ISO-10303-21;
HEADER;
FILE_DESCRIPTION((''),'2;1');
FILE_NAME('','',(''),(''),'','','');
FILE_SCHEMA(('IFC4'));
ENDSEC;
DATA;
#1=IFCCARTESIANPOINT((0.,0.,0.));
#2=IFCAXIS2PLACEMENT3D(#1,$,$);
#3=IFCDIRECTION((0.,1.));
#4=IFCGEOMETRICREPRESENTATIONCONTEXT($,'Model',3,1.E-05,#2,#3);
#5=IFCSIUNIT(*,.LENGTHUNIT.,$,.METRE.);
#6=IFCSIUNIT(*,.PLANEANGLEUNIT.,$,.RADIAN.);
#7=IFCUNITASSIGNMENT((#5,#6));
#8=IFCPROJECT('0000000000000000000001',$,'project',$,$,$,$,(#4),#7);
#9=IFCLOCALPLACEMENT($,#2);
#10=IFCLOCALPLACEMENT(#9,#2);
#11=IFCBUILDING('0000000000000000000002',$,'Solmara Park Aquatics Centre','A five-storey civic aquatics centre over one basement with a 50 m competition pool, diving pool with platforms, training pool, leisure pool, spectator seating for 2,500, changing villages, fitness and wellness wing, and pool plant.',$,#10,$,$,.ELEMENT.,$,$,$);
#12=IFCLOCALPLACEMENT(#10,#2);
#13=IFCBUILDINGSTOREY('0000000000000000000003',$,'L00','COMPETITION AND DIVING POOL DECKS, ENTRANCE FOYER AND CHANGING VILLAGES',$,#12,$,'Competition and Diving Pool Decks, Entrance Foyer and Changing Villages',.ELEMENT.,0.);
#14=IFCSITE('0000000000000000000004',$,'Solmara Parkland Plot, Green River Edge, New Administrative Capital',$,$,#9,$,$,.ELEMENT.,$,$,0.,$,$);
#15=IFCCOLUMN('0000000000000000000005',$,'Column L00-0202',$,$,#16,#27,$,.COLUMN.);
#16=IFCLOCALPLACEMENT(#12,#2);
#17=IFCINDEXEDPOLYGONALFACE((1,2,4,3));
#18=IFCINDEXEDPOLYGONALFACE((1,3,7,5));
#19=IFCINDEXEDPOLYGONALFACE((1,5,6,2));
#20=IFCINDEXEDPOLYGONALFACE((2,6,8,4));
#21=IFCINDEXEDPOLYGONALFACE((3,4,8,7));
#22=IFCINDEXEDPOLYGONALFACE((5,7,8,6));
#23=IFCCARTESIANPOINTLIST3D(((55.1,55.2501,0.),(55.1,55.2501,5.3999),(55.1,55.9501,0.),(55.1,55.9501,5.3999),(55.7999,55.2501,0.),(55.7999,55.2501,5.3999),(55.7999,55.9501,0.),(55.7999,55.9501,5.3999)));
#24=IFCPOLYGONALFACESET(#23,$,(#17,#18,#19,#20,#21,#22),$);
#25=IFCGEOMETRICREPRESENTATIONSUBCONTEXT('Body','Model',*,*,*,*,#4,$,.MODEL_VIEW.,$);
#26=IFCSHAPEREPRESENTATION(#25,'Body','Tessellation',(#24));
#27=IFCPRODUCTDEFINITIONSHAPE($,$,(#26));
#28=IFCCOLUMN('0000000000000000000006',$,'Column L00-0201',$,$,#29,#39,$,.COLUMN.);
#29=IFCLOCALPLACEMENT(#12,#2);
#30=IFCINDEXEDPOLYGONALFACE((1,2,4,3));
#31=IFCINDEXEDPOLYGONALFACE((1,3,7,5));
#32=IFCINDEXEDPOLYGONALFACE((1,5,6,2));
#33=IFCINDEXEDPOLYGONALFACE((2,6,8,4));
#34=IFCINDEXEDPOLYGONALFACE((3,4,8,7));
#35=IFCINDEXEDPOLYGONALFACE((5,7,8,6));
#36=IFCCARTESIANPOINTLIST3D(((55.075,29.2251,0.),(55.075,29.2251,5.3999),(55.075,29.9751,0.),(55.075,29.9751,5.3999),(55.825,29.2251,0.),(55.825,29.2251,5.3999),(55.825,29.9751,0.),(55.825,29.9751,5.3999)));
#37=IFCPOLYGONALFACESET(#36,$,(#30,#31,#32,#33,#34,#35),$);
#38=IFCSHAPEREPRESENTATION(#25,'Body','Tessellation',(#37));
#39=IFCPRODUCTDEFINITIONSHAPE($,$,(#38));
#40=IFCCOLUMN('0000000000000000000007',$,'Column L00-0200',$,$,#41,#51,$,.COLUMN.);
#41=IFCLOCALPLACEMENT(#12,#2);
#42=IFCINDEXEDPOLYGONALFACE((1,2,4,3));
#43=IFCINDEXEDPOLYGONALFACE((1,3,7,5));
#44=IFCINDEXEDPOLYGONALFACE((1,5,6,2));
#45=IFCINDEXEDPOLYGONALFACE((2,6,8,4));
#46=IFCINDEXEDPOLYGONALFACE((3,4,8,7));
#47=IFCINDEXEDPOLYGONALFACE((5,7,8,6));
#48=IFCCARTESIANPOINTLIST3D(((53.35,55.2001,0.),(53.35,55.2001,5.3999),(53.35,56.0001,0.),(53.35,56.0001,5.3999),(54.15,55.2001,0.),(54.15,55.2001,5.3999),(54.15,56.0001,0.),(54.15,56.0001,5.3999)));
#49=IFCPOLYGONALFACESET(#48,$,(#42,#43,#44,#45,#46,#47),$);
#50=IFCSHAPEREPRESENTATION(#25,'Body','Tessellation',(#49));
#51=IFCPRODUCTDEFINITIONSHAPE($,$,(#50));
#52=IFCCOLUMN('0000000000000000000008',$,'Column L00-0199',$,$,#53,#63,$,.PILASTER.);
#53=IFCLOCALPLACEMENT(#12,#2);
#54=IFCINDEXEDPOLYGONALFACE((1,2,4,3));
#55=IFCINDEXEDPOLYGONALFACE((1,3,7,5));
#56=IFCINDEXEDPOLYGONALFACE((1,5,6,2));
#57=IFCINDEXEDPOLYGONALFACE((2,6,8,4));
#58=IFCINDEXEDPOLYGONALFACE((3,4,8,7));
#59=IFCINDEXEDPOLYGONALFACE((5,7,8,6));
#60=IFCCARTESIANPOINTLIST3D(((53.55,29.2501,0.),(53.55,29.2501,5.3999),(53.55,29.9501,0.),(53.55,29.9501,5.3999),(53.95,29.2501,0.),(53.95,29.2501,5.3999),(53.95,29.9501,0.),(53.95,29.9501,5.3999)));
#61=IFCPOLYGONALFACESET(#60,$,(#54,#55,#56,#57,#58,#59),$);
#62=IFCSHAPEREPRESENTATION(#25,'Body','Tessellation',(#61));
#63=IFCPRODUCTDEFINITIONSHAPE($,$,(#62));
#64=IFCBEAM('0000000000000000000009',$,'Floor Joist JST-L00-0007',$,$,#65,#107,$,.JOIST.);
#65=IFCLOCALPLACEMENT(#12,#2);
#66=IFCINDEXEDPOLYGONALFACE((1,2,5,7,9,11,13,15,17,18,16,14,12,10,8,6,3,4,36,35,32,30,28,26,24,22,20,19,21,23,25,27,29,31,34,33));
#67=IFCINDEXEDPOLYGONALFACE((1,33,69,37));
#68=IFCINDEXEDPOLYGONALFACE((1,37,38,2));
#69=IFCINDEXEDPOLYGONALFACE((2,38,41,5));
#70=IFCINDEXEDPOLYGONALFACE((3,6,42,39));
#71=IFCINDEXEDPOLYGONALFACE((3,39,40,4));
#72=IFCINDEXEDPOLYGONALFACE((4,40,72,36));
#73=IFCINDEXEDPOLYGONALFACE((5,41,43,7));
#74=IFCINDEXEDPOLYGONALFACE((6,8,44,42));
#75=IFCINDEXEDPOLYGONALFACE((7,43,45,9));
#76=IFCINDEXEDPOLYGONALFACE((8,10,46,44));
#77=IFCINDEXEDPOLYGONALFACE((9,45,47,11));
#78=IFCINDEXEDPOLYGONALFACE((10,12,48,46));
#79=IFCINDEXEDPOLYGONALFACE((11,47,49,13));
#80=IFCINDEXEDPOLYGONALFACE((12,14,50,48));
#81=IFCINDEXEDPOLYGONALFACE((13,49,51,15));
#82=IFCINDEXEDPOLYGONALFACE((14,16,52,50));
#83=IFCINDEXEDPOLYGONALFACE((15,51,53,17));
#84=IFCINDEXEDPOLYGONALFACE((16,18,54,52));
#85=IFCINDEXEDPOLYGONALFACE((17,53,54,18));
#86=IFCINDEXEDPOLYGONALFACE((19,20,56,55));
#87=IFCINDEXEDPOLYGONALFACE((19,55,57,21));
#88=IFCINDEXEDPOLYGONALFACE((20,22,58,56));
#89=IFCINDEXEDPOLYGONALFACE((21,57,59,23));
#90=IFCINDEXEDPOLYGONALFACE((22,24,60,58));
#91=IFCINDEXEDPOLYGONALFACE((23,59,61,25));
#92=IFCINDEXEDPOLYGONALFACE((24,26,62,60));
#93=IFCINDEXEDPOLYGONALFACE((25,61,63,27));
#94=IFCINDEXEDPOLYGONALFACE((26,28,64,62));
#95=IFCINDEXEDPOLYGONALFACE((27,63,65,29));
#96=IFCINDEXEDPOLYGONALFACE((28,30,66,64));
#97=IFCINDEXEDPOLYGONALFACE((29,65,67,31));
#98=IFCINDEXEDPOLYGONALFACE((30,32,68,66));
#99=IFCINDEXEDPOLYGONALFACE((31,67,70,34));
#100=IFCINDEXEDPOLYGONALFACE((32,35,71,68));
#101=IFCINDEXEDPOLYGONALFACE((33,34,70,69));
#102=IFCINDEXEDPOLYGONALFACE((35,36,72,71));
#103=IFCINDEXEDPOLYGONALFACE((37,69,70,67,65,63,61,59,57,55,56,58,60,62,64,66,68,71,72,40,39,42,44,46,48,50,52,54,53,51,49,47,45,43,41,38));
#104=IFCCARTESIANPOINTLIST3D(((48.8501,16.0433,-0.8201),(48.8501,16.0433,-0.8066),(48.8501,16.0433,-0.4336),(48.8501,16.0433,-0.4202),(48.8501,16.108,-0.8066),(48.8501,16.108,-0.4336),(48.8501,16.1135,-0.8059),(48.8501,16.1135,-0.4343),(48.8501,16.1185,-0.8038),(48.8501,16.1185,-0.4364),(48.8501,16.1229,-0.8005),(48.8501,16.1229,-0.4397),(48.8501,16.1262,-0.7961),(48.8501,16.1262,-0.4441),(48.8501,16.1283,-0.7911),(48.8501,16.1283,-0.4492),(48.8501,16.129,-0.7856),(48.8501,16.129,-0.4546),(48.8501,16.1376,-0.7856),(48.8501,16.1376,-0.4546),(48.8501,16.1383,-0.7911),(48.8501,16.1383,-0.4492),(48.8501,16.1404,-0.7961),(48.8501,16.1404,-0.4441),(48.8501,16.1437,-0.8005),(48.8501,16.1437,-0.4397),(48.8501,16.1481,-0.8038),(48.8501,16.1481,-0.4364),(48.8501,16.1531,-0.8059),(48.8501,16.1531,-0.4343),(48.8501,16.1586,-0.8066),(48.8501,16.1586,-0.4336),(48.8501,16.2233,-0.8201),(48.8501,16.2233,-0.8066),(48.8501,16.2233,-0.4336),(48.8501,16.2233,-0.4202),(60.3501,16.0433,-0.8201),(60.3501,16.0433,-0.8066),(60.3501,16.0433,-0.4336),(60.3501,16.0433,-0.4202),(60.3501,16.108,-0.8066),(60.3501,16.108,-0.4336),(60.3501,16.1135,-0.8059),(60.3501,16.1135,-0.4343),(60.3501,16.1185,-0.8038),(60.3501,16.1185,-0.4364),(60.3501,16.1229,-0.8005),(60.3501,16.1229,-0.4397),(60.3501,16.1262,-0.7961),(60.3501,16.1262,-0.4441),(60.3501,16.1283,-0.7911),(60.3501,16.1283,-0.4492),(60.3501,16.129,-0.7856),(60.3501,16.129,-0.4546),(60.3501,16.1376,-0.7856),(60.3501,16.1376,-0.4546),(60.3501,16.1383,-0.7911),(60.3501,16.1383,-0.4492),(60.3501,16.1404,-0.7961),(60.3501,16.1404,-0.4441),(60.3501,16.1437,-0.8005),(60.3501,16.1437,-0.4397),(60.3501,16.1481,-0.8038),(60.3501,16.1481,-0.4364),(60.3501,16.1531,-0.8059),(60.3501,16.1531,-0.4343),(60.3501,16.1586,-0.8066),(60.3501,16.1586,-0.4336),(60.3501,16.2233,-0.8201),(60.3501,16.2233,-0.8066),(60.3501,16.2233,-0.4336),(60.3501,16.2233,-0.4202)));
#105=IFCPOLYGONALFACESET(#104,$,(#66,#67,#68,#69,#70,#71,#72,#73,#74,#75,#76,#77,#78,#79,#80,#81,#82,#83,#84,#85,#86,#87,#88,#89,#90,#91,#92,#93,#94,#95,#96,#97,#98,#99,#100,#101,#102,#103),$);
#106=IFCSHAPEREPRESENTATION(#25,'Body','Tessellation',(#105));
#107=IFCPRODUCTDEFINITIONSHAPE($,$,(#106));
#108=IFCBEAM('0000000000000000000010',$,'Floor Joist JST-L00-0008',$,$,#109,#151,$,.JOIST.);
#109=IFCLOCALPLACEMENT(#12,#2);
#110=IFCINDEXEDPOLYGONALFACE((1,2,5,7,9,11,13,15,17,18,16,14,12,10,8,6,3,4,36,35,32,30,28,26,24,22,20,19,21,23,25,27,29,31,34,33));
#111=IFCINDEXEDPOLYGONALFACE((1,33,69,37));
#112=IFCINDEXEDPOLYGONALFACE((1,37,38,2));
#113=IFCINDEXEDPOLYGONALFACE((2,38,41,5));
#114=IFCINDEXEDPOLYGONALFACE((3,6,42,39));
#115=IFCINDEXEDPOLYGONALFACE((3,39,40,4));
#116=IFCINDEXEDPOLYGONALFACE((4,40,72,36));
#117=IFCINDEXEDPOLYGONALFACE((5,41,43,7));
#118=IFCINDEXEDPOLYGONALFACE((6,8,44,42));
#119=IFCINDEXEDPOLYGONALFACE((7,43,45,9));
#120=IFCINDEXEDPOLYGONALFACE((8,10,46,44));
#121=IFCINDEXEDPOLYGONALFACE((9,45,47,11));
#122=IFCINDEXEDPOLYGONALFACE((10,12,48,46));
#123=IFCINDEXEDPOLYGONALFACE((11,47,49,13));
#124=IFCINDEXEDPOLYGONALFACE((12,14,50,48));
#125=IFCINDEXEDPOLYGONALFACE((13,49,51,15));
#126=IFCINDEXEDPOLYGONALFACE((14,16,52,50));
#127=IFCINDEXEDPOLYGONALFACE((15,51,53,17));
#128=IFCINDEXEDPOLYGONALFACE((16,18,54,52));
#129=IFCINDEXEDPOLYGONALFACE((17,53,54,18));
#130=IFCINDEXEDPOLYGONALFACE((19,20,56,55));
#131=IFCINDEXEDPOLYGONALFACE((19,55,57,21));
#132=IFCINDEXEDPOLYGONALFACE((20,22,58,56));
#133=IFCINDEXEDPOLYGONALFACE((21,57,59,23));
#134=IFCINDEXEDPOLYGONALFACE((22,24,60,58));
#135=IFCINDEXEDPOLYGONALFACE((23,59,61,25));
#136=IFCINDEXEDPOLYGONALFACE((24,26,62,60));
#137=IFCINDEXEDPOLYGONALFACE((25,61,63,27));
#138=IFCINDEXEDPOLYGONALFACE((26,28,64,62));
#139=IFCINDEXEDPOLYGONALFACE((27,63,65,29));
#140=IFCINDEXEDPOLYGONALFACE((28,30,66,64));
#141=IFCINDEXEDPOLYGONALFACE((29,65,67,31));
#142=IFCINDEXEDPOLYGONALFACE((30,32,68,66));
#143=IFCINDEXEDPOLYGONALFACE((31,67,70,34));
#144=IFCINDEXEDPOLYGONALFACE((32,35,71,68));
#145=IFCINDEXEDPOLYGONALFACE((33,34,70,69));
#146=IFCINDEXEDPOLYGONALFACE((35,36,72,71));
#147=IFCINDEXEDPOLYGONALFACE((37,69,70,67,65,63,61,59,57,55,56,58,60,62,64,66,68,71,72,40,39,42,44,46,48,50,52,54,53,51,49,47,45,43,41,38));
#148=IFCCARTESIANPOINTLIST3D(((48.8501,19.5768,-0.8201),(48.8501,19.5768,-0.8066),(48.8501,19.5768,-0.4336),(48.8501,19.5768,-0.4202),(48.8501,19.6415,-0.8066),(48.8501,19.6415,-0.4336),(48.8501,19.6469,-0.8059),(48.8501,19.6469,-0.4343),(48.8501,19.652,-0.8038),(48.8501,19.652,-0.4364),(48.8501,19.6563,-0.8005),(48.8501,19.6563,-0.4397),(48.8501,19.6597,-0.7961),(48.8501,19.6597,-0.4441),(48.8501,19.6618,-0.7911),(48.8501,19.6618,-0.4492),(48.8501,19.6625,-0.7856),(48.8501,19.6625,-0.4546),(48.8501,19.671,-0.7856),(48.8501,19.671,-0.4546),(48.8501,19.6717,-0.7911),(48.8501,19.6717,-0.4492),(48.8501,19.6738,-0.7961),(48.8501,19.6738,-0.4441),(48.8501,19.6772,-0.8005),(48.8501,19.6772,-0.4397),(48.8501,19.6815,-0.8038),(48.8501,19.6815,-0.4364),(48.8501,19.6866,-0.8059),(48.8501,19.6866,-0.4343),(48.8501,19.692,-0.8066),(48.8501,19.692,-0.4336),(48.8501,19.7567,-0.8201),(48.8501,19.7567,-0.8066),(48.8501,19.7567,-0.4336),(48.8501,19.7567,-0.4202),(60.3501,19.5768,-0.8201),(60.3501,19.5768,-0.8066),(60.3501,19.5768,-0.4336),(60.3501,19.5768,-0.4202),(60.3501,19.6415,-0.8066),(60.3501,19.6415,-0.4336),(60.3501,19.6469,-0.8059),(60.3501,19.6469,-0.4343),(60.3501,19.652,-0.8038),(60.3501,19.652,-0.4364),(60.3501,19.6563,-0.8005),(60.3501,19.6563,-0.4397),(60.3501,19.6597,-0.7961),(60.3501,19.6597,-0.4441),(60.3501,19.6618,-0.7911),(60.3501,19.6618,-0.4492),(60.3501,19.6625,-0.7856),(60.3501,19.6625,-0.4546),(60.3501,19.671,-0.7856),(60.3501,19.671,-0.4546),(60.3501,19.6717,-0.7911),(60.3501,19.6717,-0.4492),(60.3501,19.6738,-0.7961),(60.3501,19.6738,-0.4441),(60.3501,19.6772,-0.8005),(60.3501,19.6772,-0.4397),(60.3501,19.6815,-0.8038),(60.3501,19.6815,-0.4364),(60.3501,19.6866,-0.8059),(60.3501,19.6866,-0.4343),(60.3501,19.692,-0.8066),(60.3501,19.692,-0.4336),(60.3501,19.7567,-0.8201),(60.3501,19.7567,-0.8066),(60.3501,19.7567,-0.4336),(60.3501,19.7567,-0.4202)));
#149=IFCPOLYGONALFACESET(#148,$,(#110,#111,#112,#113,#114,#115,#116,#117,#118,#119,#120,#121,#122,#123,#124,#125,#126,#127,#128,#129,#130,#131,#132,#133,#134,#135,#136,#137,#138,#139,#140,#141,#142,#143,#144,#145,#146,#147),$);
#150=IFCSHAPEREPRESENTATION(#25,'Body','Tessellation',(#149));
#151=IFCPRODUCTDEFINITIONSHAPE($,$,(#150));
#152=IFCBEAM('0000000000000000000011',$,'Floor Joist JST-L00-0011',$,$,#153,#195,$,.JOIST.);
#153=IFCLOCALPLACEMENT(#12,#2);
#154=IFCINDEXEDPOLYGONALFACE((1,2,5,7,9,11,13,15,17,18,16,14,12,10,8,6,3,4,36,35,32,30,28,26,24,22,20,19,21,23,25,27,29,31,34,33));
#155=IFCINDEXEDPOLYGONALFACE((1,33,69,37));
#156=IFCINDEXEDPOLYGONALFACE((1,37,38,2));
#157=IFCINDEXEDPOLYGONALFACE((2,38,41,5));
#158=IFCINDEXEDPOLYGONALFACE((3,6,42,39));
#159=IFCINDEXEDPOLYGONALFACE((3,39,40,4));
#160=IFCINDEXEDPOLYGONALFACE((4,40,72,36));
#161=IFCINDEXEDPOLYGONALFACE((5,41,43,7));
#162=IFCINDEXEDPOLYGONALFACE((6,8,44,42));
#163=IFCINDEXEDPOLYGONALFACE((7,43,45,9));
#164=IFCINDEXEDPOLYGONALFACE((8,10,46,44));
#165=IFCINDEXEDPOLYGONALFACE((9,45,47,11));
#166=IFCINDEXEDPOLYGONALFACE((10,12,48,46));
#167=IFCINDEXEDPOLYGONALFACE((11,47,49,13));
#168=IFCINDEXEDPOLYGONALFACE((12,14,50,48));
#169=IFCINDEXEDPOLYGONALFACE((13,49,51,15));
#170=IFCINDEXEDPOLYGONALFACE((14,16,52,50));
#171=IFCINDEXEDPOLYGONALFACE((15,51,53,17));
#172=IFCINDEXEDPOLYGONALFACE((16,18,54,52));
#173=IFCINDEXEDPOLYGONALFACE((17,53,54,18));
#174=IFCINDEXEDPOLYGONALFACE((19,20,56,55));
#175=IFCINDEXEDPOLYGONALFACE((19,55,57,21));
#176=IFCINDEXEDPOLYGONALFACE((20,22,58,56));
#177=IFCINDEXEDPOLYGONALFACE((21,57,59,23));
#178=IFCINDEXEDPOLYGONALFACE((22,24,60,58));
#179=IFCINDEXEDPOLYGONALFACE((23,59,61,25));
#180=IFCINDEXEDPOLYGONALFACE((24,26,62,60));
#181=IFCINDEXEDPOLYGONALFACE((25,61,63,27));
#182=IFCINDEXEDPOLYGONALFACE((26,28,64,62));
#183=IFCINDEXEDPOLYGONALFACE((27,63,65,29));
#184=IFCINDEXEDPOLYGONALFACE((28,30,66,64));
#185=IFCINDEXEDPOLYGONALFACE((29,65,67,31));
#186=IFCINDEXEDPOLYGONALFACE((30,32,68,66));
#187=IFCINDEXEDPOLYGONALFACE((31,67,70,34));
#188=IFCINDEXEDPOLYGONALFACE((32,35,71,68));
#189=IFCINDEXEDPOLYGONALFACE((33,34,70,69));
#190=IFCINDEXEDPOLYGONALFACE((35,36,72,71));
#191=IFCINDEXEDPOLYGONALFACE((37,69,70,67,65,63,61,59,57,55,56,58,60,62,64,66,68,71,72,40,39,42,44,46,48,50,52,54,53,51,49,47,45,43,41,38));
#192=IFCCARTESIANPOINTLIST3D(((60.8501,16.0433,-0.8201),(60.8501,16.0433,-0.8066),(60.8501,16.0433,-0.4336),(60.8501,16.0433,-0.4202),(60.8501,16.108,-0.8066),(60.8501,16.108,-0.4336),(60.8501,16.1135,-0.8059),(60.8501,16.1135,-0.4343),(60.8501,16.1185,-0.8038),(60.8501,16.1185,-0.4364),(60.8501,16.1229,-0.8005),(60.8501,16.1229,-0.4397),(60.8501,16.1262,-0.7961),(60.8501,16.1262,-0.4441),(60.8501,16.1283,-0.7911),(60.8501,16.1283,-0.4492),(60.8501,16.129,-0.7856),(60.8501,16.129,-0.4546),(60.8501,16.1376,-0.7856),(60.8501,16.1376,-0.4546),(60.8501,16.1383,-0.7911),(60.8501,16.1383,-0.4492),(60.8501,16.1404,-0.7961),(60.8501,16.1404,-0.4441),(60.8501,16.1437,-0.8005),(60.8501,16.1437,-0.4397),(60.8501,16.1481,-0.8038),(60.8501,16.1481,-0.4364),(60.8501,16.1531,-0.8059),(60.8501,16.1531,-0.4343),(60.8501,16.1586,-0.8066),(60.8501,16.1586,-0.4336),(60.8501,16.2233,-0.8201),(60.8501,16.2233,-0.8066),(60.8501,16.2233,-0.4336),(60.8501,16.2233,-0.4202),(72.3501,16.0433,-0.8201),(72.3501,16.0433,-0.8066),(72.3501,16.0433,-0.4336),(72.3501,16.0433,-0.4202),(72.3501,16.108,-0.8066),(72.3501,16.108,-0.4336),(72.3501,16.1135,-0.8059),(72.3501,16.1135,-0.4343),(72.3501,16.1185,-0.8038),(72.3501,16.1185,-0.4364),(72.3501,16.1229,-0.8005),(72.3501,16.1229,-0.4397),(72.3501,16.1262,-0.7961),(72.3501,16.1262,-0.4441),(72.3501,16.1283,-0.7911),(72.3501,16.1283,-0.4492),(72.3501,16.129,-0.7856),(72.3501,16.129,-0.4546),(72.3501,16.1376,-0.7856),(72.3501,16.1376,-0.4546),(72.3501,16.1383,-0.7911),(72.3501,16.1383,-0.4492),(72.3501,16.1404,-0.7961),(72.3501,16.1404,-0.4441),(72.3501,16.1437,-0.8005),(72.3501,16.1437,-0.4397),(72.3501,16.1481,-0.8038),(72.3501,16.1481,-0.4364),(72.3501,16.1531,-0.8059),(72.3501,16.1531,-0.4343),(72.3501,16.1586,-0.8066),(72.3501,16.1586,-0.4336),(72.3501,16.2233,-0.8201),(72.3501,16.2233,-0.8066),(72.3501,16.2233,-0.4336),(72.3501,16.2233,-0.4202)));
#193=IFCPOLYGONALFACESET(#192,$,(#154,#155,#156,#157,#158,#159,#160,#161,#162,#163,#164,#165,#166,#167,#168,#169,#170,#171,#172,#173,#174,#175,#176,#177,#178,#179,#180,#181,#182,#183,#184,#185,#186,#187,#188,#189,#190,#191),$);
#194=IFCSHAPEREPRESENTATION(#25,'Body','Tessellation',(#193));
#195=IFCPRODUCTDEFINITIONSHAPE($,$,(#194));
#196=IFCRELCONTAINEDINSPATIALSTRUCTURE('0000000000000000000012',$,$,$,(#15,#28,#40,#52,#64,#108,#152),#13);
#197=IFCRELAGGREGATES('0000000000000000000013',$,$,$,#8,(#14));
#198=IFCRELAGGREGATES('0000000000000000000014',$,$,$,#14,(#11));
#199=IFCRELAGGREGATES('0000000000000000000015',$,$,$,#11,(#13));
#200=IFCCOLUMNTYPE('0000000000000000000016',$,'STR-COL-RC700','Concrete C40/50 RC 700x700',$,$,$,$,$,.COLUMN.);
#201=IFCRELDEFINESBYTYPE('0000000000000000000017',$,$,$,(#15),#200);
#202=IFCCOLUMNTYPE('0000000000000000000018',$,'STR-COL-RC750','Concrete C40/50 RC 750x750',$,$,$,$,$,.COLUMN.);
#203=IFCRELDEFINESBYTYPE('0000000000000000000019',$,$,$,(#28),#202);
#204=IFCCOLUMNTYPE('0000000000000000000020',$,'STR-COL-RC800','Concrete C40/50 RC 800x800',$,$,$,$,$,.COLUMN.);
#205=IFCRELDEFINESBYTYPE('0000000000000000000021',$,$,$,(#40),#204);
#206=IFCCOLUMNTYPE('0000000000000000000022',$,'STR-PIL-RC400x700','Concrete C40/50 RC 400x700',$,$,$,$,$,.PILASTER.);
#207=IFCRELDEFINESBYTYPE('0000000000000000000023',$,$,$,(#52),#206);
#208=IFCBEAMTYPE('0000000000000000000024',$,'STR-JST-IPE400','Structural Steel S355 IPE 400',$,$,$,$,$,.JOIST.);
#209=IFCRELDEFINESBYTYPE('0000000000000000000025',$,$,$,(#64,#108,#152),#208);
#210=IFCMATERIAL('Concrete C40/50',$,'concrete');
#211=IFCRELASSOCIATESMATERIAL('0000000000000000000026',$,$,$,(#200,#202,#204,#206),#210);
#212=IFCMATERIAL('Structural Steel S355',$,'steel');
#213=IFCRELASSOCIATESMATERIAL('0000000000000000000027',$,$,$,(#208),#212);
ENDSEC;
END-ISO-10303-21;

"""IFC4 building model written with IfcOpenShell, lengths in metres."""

from ifc_helpers import new_model, si_unit, direction, frame, origin, origin_2d, place, context, subcontext, project, spatial, rectangle, i_section, extrude, material, material_profile, profile_set, type_object, element, save


model = new_model("IFC4")

# Units and contexts
model_context = context("Model", 3, precision=1e-05, world=origin(), true_north=direction((0.0, 1.0)))
body_context = subcontext(model_context, "Body", "Model", "MODEL_VIEW")
ifc_project = project(units=[si_unit("LENGTHUNIT", "METRE"), si_unit("PLANEANGLEUNIT", "RADIAN")], contexts=[model_context])

# Site, building, storey
site_placement = place(None, origin())
site = spatial("IfcSite", under=ifc_project, at=site_placement, Name="Solmara Parkland Plot, Green River Edge, New Administrative Capital", CompositionType="ELEMENT", RefElevation=0.0)
building_placement = place(site_placement, origin())
building = spatial("IfcBuilding", under=site, at=building_placement, Name="Solmara Park Aquatics Centre", Description="A five-storey civic aquatics centre over one basement with a 50 m competition pool, diving pool with platforms, training pool, leisure pool, spectator seating for 2,500, changing villages, fitness and wellness wing, and pool plant.", CompositionType="ELEMENT")
storey_placement = place(building_placement, origin())
storey = spatial("IfcBuildingStorey", under=building, at=storey_placement, Name="L00", Description="COMPETITION AND DIVING POOL DECKS, ENTRANCE FOYER AND CHANGING VILLAGES", LongName="Competition and Diving Pool Decks, Entrance Foyer and Changing Villages", CompositionType="ELEMENT", Elevation=0.0)

# Columns
ifc_material_1 = material(Name="Structural Steel S355", Category="steel")
ifc_material_2 = material(Name="Concrete C40/50", Category="concrete")
ifc_material_profile_1 = material_profile(ifc_material_2, rectangle(XDim=0.7, YDim=0.7, at=origin_2d()), Name="RC 700x700")
ifc_profile_set_1 = profile_set([ifc_material_profile_1], Name="Concrete C40/50")
column_type_1 = type_object("IfcColumnType", Name="STR-COL-RC700", Description="Concrete C40/50 RC 700x700", PredefinedType="COLUMN", material=ifc_profile_set_1)
column_1_placement = place(storey_placement, frame((55.45, 55.6001, 0.0), z_axis=(0.0, 0.0, 1.0), x_axis=(1.0, 0.0, 0.0)))
element("IfcColumn", 1, at=column_1_placement, inside=storey, type_object=column_type_1, Name="Column L00-0202", PredefinedType="COLUMN", context=body_context, shape_type="SweptSolid", body=[
    extrude(rectangle(XDim=0.7, YDim=0.7, at=origin_2d()), origin(), (0.0, 0.0, 1.0), 5.3999),
])
ifc_material_profile_2 = material_profile(ifc_material_2, rectangle(XDim=0.75, YDim=0.75, at=origin_2d()), Name="RC 750x750")
ifc_profile_set_2 = profile_set([ifc_material_profile_2], Name="Concrete C40/50")
column_type_2 = type_object("IfcColumnType", Name="STR-COL-RC750", Description="Concrete C40/50 RC 750x750", PredefinedType="COLUMN", material=ifc_profile_set_2)
column_2_placement = place(storey_placement, frame((55.45, 29.6001, 0.0), z_axis=(0.0, 0.0, 1.0), x_axis=(1.0, 0.0, 0.0)))
element("IfcColumn", 2, at=column_2_placement, inside=storey, type_object=column_type_2, Name="Column L00-0201", PredefinedType="COLUMN", context=body_context, shape_type="SweptSolid", body=[
    extrude(rectangle(XDim=0.75, YDim=0.75, at=origin_2d()), origin(), (0.0, 0.0, 1.0), 5.3999),
])
ifc_material_profile_3 = material_profile(ifc_material_2, rectangle(XDim=0.8, YDim=0.8, at=origin_2d()), Name="RC 800x800")
ifc_profile_set_3 = profile_set([ifc_material_profile_3], Name="Concrete C40/50")
column_type_3 = type_object("IfcColumnType", Name="STR-COL-RC800", Description="Concrete C40/50 RC 800x800", PredefinedType="COLUMN", material=ifc_profile_set_3)
column_3_placement = place(storey_placement, frame((53.75, 55.6001, 0.0), z_axis=(0.0, 0.0, 1.0), x_axis=(1.0, 0.0, 0.0)))
element("IfcColumn", 3, at=column_3_placement, inside=storey, type_object=column_type_3, Name="Column L00-0200", PredefinedType="COLUMN", context=body_context, shape_type="SweptSolid", body=[
    extrude(rectangle(XDim=0.8, YDim=0.8, at=origin_2d()), origin(), (0.0, 0.0, 1.0), 5.3999),
])
ifc_material_profile_4 = material_profile(ifc_material_2, rectangle(XDim=0.3999, YDim=0.7, at=origin_2d()), Name="RC 400x700")
ifc_profile_set_4 = profile_set([ifc_material_profile_4], Name="Concrete C40/50")
column_type_4 = type_object("IfcColumnType", Name="STR-PIL-RC400x700", Description="Concrete C40/50 RC 400x700", PredefinedType="PILASTER", material=ifc_profile_set_4)
column_4_placement = place(storey_placement, frame((53.75, 29.6001, 0.0), z_axis=(0.0, 0.0, 1.0), x_axis=(1.0, 0.0, 0.0)))
element("IfcColumn", 4, at=column_4_placement, inside=storey, type_object=column_type_4, Name="Column L00-0199", PredefinedType="PILASTER", context=body_context, shape_type="SweptSolid", body=[
    extrude(rectangle(XDim=0.3999, YDim=0.7, at=origin_2d()), origin(), (0.0, 0.0, 1.0), 5.3999),
])

# Beams
ifc_material_profile_5 = material_profile(ifc_material_1, i_section(OverallWidth=0.1799, OverallDepth=0.3999, WebThickness=0.0085, FlangeThickness=0.0134, FilletRadius=0.021, at=origin_2d()), Name="IPE 400")
ifc_profile_set_5 = profile_set([ifc_material_profile_5], Name="Structural Steel S355")
beam_type = type_object("IfcBeamType", Name="STR-JST-IPE400", Description="Structural Steel S355 IPE 400", PredefinedType="JOIST", material=ifc_profile_set_5)
for number, where, z_axis, x_axis, name in (
    (5, (48.8501, 16.1333, -0.6201), (1.0, 0.0, 0.0), (0.0, 1.0, 0.0), "Floor Joist JST-L00-0007"),
    (6, (48.8501, 19.6667, -0.6201), (1.0, 0.0, 0.0), (0.0, 1.0, 0.0), "Floor Joist JST-L00-0008"),
    (7, (60.8501, 16.1333, -0.6201), (1.0, 0.0, 0.0), (0.0, 1.0, 0.0), "Floor Joist JST-L00-0011"),
):
    element("IfcBeam", number, at=place(storey_placement, frame(where, z_axis=z_axis, x_axis=x_axis)), inside=storey, type_object=beam_type, Name=name, PredefinedType="JOIST", context=body_context, shape_type="SweptSolid", body=[
        extrude(i_section(OverallWidth=0.1799, OverallDepth=0.3999, WebThickness=0.0085, FlangeThickness=0.0134, FilletRadius=0.021, at=origin_2d()), origin(), (0.0, 0.0, 1.0), 11.5),
    ])

save(model, "model.ifc")
